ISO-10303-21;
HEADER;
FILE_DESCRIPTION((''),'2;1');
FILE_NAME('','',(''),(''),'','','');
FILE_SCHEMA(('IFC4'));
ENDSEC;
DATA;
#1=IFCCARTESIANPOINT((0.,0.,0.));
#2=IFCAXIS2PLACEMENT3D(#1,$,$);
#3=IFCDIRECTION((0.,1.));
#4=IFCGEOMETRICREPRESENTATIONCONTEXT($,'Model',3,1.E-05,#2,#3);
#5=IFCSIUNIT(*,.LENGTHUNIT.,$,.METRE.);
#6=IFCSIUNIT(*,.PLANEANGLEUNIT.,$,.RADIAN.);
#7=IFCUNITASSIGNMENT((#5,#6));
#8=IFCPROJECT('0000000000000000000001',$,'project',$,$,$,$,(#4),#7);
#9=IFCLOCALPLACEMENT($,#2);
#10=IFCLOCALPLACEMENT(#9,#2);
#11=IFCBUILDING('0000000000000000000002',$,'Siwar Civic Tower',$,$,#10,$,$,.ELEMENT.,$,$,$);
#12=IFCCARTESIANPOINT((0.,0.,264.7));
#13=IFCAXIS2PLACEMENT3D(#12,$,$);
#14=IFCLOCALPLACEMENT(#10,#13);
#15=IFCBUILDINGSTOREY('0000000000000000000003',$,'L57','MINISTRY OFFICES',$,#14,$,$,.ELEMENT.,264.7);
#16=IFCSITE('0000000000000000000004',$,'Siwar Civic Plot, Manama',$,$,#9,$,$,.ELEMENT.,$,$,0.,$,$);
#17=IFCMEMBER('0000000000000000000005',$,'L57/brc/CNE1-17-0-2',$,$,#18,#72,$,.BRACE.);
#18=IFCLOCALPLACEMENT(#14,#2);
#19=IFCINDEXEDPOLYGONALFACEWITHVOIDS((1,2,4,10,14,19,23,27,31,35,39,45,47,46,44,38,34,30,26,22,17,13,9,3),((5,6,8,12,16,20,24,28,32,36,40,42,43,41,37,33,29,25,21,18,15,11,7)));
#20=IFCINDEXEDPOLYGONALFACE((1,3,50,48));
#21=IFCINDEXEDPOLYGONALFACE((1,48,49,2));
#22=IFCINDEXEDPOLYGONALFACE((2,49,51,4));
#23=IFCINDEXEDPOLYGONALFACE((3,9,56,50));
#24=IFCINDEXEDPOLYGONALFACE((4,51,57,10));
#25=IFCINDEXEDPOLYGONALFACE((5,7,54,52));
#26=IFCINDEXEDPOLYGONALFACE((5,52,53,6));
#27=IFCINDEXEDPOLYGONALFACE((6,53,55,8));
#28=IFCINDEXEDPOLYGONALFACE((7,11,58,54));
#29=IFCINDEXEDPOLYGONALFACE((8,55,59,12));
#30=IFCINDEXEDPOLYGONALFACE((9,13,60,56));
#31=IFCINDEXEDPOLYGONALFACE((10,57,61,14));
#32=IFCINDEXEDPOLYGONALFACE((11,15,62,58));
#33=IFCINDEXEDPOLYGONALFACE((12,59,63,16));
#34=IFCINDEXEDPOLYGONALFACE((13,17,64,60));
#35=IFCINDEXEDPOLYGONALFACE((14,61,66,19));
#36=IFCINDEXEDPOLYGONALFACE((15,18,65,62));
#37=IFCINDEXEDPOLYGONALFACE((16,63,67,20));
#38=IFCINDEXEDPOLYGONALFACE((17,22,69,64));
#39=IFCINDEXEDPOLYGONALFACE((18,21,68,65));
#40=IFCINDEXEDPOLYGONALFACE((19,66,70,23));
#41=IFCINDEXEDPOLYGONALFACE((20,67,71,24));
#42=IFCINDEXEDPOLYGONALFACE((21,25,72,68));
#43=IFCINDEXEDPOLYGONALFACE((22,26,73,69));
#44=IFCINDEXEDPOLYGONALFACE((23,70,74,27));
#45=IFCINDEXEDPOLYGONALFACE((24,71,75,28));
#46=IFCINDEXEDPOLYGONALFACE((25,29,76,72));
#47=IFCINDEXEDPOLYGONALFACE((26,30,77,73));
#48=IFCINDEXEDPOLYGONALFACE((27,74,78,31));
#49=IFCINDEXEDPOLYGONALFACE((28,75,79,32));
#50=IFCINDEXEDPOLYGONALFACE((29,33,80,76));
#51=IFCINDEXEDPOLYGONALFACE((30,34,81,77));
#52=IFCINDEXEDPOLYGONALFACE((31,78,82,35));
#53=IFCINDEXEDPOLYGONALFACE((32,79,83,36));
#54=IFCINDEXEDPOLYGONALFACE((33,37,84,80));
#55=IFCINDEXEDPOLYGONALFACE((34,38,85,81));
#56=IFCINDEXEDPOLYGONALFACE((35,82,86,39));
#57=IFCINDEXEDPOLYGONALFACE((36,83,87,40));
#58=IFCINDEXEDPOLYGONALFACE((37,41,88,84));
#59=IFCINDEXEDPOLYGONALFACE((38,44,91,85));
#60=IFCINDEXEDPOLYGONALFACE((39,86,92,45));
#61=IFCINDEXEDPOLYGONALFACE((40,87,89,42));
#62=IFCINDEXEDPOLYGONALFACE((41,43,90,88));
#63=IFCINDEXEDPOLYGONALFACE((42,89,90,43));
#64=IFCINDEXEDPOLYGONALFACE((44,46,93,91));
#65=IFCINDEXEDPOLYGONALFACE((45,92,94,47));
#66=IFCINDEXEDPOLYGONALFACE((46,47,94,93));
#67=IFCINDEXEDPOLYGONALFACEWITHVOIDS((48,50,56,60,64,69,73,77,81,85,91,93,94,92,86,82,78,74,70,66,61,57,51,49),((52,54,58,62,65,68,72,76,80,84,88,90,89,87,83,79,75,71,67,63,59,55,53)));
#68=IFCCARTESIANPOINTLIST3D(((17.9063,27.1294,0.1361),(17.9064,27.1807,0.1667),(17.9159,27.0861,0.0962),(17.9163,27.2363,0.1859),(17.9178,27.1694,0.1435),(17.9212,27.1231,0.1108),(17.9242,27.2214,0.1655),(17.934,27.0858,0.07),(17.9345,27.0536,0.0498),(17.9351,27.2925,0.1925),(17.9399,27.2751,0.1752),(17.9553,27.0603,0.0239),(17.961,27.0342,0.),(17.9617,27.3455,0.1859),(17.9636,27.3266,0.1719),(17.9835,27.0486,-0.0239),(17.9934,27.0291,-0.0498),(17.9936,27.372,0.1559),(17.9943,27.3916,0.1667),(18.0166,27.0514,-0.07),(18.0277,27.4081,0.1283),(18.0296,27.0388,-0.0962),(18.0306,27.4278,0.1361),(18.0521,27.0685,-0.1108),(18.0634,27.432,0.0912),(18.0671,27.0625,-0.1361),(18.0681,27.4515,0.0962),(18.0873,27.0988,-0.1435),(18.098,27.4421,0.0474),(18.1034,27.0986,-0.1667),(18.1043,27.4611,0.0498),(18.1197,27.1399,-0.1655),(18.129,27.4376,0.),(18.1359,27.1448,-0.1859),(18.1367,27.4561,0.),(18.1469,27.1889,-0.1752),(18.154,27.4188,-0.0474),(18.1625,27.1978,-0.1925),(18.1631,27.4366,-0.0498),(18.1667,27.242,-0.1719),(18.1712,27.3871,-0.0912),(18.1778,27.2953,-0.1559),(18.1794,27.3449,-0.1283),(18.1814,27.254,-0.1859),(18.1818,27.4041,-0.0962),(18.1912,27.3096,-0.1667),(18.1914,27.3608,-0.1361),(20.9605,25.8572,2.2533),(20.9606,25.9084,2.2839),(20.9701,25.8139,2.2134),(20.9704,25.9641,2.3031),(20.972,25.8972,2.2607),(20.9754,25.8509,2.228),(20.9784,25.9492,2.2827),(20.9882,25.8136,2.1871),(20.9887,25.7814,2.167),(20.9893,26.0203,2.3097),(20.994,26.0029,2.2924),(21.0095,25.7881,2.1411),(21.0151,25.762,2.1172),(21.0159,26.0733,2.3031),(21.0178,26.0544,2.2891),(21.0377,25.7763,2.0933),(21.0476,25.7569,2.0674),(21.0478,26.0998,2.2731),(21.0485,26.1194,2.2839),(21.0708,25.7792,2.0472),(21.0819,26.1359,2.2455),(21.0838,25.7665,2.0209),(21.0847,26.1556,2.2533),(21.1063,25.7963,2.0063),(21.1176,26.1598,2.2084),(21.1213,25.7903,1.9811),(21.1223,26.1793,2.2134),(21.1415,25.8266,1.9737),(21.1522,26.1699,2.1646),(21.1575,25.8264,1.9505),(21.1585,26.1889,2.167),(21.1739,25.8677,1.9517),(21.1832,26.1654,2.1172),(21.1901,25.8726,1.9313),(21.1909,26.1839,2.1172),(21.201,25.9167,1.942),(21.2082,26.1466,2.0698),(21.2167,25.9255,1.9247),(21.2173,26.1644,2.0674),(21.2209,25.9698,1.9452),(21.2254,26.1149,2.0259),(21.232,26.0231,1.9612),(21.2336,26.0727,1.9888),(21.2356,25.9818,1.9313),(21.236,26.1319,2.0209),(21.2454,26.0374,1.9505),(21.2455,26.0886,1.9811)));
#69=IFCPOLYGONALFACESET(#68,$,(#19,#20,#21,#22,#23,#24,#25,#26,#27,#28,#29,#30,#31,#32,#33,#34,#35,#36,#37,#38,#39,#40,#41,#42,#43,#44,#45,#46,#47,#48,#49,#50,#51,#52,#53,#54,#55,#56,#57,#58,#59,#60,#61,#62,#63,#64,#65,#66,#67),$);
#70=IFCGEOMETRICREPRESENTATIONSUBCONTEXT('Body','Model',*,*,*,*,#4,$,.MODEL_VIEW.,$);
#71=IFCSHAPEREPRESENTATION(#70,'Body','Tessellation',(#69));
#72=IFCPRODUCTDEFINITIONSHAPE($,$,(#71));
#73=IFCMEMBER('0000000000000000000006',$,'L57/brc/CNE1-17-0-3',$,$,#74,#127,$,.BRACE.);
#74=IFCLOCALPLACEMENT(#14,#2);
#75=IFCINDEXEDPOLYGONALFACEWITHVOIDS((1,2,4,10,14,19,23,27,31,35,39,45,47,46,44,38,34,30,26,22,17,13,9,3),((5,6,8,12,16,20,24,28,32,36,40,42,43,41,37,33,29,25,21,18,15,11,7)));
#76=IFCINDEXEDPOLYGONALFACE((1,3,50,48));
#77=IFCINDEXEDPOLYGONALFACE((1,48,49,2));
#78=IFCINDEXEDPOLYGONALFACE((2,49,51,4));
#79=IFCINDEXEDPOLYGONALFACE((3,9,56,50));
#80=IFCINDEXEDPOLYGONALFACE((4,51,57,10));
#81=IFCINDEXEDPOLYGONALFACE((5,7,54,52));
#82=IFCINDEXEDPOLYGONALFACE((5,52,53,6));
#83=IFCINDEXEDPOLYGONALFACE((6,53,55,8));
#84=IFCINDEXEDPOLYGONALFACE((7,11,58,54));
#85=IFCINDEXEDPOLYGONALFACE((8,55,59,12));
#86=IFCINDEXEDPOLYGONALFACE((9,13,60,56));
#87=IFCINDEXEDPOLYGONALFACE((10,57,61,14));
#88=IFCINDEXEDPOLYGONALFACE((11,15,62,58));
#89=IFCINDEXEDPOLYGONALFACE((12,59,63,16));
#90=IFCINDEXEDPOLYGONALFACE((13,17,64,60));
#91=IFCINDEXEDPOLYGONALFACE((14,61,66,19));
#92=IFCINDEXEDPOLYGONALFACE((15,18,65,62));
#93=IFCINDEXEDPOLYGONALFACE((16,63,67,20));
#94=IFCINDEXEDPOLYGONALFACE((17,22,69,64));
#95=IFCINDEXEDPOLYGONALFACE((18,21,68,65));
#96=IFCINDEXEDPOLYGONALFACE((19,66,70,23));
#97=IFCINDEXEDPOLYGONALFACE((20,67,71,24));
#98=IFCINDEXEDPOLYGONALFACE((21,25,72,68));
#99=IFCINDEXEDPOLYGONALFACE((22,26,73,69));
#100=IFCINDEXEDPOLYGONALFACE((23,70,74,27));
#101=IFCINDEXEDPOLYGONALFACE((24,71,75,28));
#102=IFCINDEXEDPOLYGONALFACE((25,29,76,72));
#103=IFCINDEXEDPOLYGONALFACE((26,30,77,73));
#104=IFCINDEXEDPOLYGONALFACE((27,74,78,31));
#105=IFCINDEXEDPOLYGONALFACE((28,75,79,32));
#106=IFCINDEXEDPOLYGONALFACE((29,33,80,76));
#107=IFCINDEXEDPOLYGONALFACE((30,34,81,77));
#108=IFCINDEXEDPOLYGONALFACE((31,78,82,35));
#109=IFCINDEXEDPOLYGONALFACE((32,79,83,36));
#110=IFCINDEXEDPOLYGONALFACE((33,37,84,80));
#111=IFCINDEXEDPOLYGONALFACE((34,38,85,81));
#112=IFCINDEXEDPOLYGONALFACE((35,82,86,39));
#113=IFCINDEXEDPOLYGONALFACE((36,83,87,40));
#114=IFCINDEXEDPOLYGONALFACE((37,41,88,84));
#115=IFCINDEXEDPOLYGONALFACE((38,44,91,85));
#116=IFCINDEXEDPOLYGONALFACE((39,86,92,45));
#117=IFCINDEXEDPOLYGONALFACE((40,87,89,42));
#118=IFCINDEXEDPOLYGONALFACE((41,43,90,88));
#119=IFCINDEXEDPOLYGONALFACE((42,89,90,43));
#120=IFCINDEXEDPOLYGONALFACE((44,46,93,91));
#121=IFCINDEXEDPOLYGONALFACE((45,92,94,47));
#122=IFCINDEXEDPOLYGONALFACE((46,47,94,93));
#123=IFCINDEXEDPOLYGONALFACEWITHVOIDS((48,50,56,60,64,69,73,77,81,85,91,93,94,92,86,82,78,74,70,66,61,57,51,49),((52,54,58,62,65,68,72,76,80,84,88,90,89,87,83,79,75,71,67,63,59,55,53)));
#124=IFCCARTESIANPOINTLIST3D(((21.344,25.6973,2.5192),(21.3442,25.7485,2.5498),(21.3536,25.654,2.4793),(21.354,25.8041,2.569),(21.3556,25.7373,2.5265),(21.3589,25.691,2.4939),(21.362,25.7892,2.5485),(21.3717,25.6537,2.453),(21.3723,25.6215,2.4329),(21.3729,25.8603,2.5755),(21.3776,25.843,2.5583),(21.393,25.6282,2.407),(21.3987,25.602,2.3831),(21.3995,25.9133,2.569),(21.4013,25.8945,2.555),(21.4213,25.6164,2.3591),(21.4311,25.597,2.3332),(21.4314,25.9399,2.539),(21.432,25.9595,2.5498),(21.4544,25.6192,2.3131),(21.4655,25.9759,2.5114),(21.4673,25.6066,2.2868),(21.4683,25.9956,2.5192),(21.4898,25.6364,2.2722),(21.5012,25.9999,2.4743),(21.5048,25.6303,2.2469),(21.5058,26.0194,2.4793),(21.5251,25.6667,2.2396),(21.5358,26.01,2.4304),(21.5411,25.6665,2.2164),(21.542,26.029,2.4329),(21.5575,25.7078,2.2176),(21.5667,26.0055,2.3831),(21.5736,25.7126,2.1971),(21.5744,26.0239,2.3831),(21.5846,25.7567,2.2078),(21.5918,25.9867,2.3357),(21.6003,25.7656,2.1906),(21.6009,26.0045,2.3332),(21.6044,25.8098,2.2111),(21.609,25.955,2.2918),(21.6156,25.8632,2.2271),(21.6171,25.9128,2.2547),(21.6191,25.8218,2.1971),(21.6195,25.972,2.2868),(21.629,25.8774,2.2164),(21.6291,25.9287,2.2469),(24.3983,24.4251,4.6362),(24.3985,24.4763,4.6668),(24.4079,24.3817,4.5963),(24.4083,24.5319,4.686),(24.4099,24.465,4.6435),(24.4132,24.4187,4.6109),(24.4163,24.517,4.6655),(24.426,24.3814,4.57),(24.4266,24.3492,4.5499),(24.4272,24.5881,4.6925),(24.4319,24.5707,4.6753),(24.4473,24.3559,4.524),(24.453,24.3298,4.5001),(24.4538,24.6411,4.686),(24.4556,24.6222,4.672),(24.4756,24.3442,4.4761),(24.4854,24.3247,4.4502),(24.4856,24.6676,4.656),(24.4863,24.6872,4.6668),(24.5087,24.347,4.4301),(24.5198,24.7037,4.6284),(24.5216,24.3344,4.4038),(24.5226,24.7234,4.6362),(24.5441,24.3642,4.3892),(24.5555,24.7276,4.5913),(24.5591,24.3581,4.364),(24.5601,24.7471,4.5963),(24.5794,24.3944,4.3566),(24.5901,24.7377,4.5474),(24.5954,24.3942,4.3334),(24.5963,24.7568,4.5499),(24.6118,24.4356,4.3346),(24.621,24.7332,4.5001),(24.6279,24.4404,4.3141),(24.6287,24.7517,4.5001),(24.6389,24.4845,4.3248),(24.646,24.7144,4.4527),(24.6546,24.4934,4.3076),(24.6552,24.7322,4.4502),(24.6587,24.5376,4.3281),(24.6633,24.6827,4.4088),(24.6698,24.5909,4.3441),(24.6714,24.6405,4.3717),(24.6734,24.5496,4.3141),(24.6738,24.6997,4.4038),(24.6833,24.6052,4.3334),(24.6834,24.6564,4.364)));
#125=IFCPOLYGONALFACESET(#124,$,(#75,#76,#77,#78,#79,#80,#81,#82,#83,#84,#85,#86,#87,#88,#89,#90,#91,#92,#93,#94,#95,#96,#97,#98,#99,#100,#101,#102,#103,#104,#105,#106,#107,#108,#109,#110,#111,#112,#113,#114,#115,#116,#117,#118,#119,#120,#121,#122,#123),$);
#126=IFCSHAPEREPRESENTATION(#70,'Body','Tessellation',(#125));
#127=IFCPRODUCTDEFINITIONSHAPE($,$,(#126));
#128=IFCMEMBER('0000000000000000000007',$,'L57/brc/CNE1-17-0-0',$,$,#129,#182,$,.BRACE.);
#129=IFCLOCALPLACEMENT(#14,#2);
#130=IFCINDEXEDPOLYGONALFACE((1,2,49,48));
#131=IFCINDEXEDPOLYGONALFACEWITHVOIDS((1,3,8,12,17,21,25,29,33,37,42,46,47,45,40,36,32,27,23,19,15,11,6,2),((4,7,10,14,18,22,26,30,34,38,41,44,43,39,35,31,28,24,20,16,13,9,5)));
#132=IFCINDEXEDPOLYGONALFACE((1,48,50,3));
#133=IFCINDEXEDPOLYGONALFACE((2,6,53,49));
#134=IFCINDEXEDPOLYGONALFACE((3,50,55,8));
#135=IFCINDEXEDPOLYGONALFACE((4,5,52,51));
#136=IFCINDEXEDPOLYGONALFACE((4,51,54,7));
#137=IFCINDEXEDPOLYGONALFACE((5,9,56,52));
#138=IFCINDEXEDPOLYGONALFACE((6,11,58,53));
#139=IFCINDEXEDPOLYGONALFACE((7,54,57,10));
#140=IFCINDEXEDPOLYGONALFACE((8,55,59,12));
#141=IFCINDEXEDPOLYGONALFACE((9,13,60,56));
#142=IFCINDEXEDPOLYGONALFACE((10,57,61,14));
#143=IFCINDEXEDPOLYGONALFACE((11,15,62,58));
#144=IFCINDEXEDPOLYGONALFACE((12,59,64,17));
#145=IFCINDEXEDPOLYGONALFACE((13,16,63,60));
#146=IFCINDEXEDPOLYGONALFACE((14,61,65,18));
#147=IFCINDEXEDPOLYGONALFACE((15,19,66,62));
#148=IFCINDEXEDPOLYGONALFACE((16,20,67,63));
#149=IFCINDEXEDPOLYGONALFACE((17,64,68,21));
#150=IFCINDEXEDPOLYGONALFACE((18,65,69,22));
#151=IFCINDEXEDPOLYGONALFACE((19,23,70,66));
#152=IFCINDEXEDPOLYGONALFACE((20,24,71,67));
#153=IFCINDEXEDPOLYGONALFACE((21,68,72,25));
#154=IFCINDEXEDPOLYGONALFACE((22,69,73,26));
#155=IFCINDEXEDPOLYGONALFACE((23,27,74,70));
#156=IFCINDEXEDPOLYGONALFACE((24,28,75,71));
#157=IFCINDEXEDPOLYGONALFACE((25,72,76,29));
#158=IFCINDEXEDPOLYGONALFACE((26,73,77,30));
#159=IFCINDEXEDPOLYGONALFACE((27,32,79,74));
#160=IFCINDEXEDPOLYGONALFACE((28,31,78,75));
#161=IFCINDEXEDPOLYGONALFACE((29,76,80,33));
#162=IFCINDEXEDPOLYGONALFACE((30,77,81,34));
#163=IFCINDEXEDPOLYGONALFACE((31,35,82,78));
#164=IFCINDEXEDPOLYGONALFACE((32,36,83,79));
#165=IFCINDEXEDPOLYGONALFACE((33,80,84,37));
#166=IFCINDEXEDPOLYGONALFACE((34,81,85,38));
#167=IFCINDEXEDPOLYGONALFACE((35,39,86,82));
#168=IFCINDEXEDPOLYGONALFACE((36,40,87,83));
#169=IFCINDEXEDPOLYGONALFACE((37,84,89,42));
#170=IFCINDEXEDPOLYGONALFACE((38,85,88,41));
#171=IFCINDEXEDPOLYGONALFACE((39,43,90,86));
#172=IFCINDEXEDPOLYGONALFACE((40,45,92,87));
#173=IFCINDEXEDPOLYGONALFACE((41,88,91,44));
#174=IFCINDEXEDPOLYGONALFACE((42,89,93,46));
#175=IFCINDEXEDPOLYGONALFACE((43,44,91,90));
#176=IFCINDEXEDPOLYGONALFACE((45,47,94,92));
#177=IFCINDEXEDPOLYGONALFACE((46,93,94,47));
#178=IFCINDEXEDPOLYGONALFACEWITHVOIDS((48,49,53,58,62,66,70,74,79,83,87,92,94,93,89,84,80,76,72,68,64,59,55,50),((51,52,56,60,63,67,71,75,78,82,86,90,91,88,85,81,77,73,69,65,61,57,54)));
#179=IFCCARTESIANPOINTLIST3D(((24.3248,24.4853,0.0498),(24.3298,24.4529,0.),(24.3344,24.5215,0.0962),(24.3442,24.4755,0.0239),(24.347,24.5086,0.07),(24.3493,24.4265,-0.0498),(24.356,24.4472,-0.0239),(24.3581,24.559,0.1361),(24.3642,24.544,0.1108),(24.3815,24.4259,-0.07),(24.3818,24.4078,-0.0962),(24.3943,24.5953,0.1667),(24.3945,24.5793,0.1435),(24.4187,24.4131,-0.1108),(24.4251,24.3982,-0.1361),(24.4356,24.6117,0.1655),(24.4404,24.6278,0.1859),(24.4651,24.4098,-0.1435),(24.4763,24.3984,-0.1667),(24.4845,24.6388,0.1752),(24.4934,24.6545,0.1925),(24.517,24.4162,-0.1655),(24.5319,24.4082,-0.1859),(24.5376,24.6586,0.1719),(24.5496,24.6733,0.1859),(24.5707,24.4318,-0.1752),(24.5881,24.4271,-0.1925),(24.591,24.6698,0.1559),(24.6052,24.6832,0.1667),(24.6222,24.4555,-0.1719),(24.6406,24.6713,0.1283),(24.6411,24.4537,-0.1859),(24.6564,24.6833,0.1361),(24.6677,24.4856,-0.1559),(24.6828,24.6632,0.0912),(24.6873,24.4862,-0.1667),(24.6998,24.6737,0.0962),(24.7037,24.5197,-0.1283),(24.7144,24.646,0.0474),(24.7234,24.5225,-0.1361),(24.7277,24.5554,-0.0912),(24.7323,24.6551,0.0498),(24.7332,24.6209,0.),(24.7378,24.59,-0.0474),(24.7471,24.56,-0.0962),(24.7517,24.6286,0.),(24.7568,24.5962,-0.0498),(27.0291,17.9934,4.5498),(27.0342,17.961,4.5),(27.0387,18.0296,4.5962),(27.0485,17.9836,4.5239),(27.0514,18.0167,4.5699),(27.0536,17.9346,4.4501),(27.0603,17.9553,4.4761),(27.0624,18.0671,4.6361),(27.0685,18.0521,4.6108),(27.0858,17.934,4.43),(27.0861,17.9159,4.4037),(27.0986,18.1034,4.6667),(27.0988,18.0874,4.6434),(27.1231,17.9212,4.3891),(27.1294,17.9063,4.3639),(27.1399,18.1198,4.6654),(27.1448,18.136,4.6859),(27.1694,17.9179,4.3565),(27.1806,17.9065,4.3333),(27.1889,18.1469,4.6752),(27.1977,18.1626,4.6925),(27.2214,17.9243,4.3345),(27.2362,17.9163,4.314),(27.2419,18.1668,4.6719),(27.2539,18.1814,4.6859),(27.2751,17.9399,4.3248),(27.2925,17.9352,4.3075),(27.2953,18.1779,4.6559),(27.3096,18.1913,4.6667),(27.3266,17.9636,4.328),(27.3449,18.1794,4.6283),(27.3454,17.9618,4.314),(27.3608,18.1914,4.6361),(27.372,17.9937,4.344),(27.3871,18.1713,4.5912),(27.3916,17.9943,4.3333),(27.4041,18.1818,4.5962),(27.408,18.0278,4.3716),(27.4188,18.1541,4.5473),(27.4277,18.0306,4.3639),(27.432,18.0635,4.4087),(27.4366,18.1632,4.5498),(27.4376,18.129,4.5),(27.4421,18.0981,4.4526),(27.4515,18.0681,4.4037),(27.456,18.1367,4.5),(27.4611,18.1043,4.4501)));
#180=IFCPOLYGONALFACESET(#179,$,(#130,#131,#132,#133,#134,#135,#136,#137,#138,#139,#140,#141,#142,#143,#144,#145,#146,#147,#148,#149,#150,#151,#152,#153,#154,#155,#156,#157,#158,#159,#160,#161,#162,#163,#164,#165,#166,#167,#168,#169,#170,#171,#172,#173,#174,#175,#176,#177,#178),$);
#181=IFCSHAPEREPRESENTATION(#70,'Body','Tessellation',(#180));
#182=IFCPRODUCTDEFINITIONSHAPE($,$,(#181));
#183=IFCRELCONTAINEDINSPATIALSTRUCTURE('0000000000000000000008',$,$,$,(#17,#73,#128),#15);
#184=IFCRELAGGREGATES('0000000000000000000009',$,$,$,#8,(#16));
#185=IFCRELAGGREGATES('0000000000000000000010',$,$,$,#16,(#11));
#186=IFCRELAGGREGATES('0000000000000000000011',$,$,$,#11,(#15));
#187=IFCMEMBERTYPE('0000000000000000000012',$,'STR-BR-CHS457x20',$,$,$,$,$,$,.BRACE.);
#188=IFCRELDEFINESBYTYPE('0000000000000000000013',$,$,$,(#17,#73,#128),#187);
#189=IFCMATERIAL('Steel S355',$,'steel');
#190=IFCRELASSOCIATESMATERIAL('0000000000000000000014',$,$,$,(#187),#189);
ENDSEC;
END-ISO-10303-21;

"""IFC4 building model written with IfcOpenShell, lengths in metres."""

from ifc_helpers import new_model, si_unit, direction, frame, origin, origin_2d, place, context, subcontext, project, spatial, hollow_circle, extrude, material, material_profile, profile_set, type_object, element, save


model = new_model("IFC4")

# Units and contexts
model_context = context("Model", 3, precision=1e-05, world=origin(), true_north=direction((0.0, 1.0)))
body_context = subcontext(model_context, "Body", "Model", "MODEL_VIEW")
ifc_project = project(units=[si_unit("LENGTHUNIT", "METRE"), si_unit("PLANEANGLEUNIT", "RADIAN")], contexts=[model_context])

# Site, building, storey
site_placement = place(None, origin())
site = spatial("IfcSite", under=ifc_project, at=site_placement, Name="Siwar Civic Plot, Manama", CompositionType="ELEMENT", RefElevation=0.0)
building_placement = place(site_placement, origin())
building = spatial("IfcBuilding", under=site, at=building_placement, Name="Siwar Civic Tower", CompositionType="ELEMENT")
storey_placement = place(building_placement, frame((0.0, 0.0, 264.7)))
storey = spatial("IfcBuildingStorey", under=building, at=storey_placement, Name="L57", Description="MINISTRY OFFICES", CompositionType="ELEMENT", Elevation=264.7)

# Members
ifc_material_1 = material(Name="Steel S355", Category="steel")
ifc_material_profile_1 = material_profile(ifc_material_1, hollow_circle(Radius=0.2285, WallThickness=0.02, at=origin_2d()), Name="CHS457x20")
ifc_profile_set_1 = profile_set([ifc_material_profile_1], Name="Steel S355")
member_type_1 = type_object("IfcMemberType", Name="STR-BR-CHS457x20", PredefinedType="BRACE", material=ifc_profile_set_1)
for number, where, z_axis, x_axis, name in (
    (1, (18.0488, 27.2451, 0.0), (0.777546, -0.323884, 0.538999), (0.384521, 0.923116, 0.0), "L57/brc/CNE1-17-0-2"),
    (2, (21.4866, 25.813, 2.3831), (0.777572, -0.323895, 0.538955), (0.384521, 0.923116, 0.0), "L57/brc/CNE1-17-0-3"),
):
    element("IfcMember", number, at=place(storey_placement, frame(where, z_axis=z_axis, x_axis=x_axis)), inside=storey, type_object=member_type_1, Name=name, PredefinedType="BRACE", context=body_context, shape_type="SweptSolid", body=[
        extrude(hollow_circle(Radius=0.2285, WallThickness=0.02, at=origin_2d()), origin(), (0.0, 0.0, 1.0), 3.928),
    ])
member_1_placement = place(storey_placement, frame((24.5408, 24.5408, 0.0), z_axis=(0.323906, -0.777555, 0.538975), x_axis=(0.923109, 0.384539, 0.0)))
element("IfcMember", 3, at=member_1_placement, inside=storey, type_object=member_type_1, Name="L57/brc/CNE1-17-0-0", PredefinedType="BRACE", context=body_context, shape_type="SweptSolid", body=[
    extrude(hollow_circle(Radius=0.2285, WallThickness=0.02, at=origin_2d()), origin(), (0.0, 0.0, 1.0), 8.3491),
])

save(model, "model.ifc")
